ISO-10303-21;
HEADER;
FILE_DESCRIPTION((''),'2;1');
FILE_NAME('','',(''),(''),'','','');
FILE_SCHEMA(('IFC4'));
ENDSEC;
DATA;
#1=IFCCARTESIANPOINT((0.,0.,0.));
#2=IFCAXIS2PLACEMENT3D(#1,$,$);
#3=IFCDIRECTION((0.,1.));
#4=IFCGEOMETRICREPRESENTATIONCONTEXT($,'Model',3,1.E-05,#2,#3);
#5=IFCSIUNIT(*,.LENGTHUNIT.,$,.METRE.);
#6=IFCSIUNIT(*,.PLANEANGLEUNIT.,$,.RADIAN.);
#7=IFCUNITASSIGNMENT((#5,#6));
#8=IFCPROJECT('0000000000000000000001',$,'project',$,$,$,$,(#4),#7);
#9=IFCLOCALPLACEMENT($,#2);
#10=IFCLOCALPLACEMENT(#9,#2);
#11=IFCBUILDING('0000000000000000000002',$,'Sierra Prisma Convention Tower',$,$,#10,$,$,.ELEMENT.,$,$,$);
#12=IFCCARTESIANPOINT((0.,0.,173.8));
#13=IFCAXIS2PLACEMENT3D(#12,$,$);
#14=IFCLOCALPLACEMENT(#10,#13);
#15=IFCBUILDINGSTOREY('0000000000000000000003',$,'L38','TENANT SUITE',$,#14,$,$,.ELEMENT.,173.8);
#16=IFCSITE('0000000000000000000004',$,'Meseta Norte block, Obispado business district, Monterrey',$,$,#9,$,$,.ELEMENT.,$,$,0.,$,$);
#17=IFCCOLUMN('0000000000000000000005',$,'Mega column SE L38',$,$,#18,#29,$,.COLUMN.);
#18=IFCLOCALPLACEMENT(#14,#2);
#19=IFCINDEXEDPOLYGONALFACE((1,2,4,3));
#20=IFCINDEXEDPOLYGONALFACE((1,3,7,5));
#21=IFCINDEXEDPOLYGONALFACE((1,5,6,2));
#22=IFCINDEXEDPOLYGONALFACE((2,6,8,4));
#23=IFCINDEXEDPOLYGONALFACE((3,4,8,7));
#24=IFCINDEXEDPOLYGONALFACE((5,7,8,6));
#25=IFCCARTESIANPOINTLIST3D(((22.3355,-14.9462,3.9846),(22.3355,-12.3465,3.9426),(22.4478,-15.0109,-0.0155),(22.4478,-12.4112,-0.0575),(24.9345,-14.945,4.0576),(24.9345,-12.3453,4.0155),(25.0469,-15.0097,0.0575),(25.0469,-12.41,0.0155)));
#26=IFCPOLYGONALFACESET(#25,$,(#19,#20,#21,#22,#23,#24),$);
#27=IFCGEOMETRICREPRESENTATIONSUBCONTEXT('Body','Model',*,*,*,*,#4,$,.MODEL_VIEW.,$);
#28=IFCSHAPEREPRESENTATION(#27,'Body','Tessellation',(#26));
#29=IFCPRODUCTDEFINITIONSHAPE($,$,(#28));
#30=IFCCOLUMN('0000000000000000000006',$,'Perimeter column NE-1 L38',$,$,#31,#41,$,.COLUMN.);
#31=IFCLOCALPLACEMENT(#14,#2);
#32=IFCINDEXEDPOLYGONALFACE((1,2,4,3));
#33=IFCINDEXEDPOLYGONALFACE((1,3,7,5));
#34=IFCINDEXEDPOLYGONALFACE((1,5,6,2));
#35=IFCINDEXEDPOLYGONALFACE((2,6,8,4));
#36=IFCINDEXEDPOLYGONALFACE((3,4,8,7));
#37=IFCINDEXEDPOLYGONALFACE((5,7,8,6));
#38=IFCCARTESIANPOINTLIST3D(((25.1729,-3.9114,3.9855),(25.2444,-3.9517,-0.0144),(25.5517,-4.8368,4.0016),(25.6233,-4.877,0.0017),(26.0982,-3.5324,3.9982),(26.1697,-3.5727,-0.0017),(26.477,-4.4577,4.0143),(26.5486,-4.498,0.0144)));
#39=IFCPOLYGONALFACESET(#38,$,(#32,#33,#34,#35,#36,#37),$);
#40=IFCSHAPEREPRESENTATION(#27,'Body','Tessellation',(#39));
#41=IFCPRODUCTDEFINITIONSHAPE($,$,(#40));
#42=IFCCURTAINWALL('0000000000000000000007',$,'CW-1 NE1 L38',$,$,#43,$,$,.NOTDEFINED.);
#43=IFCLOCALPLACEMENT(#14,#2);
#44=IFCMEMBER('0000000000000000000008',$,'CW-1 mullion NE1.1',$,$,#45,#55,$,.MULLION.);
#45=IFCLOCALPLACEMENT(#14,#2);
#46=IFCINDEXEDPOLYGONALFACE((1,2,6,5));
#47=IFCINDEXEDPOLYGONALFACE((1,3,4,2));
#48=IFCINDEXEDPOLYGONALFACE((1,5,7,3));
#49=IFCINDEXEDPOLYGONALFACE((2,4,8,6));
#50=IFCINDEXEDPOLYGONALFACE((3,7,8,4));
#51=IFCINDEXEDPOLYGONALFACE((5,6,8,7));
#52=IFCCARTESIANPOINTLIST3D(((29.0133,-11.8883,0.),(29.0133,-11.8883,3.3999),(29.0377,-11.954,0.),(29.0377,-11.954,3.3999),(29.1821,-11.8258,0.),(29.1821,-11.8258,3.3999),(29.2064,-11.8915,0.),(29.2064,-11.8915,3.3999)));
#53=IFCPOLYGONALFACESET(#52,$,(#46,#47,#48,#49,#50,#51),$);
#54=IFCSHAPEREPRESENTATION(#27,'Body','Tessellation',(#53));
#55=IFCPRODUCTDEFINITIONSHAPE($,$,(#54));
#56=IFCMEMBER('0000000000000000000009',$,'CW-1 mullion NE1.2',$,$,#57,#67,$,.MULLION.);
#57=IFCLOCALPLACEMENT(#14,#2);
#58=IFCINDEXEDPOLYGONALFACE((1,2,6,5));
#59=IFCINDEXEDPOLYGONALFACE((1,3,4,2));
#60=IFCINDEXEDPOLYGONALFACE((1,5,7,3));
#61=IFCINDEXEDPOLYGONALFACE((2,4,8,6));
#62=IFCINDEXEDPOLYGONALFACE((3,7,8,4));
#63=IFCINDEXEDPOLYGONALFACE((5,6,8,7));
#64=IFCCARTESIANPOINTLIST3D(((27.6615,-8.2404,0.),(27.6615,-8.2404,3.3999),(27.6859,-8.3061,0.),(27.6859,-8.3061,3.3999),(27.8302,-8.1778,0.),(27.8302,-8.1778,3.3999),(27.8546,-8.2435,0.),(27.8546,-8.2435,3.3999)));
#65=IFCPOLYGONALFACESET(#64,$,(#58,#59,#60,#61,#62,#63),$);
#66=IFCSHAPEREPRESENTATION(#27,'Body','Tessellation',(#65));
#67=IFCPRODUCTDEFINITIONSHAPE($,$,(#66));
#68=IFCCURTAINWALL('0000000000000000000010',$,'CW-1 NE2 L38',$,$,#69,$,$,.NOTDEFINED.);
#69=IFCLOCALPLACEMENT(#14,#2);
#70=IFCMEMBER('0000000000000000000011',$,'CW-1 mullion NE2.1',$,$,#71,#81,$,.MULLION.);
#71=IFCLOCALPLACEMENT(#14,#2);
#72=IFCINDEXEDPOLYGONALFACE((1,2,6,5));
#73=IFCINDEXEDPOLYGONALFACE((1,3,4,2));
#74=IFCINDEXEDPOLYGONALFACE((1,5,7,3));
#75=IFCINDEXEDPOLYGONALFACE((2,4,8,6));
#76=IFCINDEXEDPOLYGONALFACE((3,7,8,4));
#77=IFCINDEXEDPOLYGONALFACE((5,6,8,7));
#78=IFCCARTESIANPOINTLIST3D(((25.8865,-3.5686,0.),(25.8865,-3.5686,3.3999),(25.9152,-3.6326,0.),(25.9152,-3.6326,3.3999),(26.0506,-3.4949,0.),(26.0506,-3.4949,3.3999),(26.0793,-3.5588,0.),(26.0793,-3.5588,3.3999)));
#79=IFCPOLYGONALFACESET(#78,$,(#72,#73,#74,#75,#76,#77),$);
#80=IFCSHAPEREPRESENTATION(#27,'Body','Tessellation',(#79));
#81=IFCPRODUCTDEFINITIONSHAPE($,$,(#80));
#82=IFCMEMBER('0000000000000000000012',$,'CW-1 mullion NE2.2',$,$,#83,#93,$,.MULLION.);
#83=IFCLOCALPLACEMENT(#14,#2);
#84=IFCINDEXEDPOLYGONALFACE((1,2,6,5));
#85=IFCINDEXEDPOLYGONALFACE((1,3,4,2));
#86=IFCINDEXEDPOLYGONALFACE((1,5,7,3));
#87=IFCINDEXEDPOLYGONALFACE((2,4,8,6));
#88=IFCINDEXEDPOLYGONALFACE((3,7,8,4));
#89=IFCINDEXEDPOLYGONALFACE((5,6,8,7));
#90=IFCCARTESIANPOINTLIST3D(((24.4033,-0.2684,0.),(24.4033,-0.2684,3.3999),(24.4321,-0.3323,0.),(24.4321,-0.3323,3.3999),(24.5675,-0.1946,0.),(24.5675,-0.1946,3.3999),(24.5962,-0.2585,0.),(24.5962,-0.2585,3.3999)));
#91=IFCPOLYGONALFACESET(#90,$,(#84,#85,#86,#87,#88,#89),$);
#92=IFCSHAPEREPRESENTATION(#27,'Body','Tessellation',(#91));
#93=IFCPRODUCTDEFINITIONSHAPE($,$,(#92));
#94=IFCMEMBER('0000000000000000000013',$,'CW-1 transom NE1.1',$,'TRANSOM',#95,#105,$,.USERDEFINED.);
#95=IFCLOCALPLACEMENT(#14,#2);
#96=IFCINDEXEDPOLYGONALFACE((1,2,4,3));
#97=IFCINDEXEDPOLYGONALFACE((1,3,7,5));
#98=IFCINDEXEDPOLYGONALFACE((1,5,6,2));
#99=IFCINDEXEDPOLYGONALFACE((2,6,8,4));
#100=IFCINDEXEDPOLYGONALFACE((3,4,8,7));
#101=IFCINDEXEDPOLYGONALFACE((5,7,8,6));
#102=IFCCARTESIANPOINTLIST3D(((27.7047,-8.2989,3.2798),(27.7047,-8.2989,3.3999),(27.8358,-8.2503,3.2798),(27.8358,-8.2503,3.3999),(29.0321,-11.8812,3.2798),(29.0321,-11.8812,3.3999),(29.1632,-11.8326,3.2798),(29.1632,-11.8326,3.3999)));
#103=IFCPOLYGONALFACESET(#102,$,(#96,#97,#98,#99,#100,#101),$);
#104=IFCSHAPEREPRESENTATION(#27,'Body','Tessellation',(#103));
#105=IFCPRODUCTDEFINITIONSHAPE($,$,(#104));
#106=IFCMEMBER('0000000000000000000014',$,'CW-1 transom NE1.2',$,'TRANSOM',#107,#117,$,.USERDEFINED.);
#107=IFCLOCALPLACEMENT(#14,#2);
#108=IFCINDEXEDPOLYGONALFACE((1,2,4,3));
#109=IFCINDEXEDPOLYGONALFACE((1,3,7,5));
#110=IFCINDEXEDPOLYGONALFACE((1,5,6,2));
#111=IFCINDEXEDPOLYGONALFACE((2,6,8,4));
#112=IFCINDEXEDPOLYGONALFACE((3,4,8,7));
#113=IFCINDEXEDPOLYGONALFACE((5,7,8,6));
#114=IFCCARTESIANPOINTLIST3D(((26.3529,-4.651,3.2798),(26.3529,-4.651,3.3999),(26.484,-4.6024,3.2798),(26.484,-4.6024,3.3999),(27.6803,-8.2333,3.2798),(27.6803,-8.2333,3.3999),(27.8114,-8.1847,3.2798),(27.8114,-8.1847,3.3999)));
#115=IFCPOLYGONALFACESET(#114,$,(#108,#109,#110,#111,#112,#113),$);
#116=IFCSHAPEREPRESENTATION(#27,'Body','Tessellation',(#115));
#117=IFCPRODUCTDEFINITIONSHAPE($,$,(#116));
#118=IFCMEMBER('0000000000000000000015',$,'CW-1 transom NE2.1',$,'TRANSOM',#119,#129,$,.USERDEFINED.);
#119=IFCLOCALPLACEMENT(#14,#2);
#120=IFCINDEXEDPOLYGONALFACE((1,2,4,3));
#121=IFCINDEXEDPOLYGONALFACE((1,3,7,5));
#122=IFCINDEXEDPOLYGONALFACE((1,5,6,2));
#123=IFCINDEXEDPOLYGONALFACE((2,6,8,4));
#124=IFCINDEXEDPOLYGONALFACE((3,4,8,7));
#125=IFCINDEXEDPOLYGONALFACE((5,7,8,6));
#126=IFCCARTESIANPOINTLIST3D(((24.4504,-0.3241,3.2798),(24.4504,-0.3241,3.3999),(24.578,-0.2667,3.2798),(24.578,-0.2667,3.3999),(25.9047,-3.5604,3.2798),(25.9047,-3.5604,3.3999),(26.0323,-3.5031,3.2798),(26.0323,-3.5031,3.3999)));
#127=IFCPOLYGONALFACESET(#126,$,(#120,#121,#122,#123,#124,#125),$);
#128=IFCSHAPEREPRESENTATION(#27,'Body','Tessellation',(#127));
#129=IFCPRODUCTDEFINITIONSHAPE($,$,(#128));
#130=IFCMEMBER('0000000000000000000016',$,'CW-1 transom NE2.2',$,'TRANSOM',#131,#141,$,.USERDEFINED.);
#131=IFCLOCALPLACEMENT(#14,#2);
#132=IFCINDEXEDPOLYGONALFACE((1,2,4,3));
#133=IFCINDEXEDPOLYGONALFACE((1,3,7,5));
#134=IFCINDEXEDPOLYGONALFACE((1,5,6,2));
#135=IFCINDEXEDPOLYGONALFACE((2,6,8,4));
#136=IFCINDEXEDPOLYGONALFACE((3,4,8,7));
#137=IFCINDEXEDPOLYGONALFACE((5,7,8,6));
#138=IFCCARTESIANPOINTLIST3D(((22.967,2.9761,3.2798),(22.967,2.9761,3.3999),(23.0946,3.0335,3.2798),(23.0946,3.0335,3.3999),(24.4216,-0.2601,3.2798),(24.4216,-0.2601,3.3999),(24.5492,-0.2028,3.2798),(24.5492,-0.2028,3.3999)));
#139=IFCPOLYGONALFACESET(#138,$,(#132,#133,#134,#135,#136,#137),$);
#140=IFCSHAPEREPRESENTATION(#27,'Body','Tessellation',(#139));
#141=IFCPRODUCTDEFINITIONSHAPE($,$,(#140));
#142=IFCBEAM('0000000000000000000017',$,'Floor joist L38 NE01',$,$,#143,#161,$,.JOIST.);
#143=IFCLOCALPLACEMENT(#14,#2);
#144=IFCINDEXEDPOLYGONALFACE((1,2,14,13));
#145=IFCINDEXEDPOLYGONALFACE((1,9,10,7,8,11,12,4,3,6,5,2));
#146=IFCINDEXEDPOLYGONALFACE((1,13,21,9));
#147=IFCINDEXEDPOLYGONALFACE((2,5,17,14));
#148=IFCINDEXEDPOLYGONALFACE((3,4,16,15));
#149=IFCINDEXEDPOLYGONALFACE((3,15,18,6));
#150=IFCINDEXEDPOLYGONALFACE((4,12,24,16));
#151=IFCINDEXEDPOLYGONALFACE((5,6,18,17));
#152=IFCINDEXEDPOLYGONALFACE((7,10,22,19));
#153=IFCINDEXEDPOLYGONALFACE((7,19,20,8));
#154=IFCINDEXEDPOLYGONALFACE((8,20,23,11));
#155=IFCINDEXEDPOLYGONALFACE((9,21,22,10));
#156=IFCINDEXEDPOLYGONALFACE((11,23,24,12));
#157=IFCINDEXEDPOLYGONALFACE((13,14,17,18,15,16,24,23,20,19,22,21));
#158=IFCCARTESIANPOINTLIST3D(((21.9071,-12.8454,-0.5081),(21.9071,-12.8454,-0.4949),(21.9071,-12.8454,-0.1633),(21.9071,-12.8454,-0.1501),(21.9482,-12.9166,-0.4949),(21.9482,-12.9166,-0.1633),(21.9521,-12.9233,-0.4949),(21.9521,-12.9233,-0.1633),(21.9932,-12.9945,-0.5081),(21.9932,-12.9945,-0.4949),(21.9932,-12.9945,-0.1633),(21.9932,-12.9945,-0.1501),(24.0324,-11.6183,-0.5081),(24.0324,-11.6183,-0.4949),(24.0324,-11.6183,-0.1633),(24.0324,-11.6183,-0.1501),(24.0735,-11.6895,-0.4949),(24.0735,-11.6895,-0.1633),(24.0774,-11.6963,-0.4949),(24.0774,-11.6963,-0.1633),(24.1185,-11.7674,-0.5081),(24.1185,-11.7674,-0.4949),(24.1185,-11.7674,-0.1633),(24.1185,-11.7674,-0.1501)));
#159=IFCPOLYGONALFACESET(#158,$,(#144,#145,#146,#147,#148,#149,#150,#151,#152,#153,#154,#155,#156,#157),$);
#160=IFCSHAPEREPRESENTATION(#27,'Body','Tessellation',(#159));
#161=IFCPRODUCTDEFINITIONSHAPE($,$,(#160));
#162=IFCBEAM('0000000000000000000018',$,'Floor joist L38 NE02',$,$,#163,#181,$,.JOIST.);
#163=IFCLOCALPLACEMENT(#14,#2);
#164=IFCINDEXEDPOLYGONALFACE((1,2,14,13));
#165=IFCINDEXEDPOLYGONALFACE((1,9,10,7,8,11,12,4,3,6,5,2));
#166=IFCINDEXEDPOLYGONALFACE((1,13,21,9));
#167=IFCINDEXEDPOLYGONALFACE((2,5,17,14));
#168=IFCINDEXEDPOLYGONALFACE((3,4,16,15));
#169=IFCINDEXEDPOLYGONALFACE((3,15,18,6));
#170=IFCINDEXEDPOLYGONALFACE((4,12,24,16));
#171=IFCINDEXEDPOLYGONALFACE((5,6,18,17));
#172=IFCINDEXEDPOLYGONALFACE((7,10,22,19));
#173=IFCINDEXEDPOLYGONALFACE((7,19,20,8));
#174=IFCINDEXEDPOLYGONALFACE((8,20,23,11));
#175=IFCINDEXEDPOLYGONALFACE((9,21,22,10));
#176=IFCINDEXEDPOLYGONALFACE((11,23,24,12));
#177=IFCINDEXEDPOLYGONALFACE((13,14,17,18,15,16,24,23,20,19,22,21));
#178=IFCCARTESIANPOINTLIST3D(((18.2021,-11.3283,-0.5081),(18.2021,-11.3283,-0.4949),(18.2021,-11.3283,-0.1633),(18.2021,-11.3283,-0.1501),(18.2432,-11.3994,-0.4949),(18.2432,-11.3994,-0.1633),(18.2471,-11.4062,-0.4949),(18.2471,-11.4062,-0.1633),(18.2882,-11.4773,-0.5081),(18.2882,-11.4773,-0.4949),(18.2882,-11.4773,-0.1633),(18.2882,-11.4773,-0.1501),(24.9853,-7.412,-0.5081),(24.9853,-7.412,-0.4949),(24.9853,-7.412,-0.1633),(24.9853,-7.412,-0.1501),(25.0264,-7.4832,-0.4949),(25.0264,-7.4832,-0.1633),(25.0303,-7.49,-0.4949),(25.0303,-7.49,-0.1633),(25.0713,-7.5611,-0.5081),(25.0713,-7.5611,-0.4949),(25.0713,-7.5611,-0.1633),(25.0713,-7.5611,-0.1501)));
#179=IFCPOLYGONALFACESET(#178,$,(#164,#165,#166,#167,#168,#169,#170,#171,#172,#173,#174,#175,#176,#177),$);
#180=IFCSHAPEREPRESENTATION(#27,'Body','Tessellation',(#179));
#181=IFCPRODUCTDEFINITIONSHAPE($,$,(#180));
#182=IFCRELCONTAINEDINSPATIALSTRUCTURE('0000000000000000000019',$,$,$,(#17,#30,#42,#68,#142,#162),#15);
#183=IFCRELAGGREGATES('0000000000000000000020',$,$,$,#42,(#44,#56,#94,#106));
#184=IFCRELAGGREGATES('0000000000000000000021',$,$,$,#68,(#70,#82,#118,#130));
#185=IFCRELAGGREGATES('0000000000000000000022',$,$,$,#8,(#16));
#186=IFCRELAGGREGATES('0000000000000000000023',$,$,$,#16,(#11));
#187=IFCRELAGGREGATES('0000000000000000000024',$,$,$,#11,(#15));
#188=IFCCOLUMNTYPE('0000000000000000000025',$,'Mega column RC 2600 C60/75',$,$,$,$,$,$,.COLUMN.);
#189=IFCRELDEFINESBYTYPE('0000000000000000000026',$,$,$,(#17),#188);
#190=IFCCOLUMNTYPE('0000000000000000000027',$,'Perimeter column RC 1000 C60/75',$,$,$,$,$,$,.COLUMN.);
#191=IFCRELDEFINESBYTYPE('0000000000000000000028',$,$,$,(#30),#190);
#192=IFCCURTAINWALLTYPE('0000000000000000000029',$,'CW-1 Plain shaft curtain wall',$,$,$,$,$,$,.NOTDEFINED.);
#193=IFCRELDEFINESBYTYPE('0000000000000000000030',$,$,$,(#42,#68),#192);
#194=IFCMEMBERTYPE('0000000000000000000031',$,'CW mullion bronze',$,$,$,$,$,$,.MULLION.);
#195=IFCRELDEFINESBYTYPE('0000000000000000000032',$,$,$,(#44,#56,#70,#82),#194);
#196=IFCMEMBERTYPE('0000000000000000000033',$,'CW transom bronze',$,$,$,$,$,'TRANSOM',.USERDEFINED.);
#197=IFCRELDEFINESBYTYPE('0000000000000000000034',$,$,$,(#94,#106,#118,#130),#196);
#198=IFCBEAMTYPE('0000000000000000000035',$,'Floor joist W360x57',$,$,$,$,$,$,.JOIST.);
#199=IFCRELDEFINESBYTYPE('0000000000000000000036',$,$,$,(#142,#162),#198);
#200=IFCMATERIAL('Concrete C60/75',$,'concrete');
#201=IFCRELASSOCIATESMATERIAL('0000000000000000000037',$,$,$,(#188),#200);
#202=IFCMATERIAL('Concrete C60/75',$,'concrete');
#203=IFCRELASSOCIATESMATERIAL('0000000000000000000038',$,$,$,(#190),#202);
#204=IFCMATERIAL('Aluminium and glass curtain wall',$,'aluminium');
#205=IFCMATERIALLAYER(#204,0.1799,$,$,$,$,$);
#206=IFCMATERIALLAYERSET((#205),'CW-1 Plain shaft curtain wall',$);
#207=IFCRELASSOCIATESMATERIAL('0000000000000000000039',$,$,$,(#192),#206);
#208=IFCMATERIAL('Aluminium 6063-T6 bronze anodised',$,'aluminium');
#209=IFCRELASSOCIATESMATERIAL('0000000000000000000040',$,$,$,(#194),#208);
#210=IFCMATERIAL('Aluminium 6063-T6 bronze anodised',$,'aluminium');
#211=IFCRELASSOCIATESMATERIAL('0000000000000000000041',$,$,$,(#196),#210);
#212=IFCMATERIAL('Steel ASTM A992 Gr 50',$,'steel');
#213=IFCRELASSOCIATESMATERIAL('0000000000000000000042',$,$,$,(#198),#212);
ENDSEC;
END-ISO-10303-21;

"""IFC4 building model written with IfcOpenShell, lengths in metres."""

from ifc_helpers import new_model, si_unit, direction, frame, origin, origin_2d, place, context, subcontext, project, spatial, rectangle, i_section, extrude, material, layer, layer_set, material_profile, profile_set, type_object, element, aggregate, save


model = new_model("IFC4")

# Units and contexts
model_context = context("Model", 3, precision=1e-05, world=origin(), true_north=direction((0.0, 1.0)))
body_context = subcontext(model_context, "Body", "Model", "MODEL_VIEW")
ifc_project = project(units=[si_unit("LENGTHUNIT", "METRE"), si_unit("PLANEANGLEUNIT", "RADIAN")], contexts=[model_context])

# Site, building, storey
site_placement = place(None, origin())
site = spatial("IfcSite", under=ifc_project, at=site_placement, Name="Meseta Norte block, Obispado business district, Monterrey", CompositionType="ELEMENT", RefElevation=0.0)
building_placement = place(site_placement, origin())
building = spatial("IfcBuilding", under=site, at=building_placement, Name="Sierra Prisma Convention Tower", CompositionType="ELEMENT")
storey_placement = place(building_placement, frame((0.0, 0.0, 173.8)))
storey = spatial("IfcBuildingStorey", under=building, at=storey_placement, Name="L38", Description="TENANT SUITE", CompositionType="ELEMENT", Elevation=173.8)

# Columns
ifc_material_1 = material(Name="Concrete C60/75", Category="concrete")
ifc_material_profile_1 = material_profile(ifc_material_1, rectangle(XDim=2.6001, YDim=2.6001, at=origin_2d()), Name="Mega column RC 2600 C60/75")
ifc_profile_set_1 = profile_set([ifc_material_profile_1], Name="Concrete C60/75")
column_type_1 = type_object("IfcColumnType", Name="Mega column RC 2600 C60/75", PredefinedType="COLUMN", material=ifc_profile_set_1)
column_1_placement = place(storey_placement, frame((23.7473, -13.7104, 0.0), z_axis=(-0.028061, 0.016166, 0.999475), x_axis=(0.999606, 0.000454, 0.028058)))
element("IfcColumn", 1, at=column_1_placement, inside=storey, type_object=column_type_1, Name="Mega column SE L38", PredefinedType="COLUMN", context=body_context, shape_type="SweptSolid", body=[
    extrude(rectangle(XDim=2.6001, YDim=2.6001, at=origin_2d()), origin(), (0.0, 0.0, 1.0), 4.0022),
])
ifc_material_2 = material(Name="Concrete C60/75", Category="concrete")
ifc_material_profile_2 = material_profile(ifc_material_2, rectangle(XDim=1.0, YDim=1.0, at=origin_2d()), Name="Perimeter column RC 1000 C60/75")
ifc_profile_set_2 = profile_set([ifc_material_profile_2], Name="Concrete C60/75")
column_type_2 = type_object("IfcColumnType", Name="Perimeter column RC 1000 C60/75", PredefinedType="COLUMN", material=ifc_profile_set_2)
column_2_placement = place(storey_placement, frame((25.8965, -4.2249, 0.0), z_axis=(-0.01788, 0.010069, 0.999789), x_axis=(-0.378845, 0.92532, -0.016094)))
element("IfcColumn", 2, at=column_2_placement, inside=storey, type_object=column_type_2, Name="Perimeter column NE-1 L38", PredefinedType="COLUMN", context=body_context, shape_type="SweptSolid", body=[
    extrude(rectangle(XDim=1.0, YDim=1.0, at=origin_2d()), origin(), (0.0, 0.0, 1.0), 4.0007),
])

# Curtain walls, members
ifc_material_3 = material(Name="Aluminium and glass curtain wall", Category="aluminium")
ifc_layer_1 = layer(ifc_material_3, 0.1799)
ifc_layer_set_1 = layer_set([ifc_layer_1], Name="CW-1 Plain shaft curtain wall")
curtain_wall_type = type_object("IfcCurtainWallType", Name="CW-1 Plain shaft curtain wall", PredefinedType="NOTDEFINED", material=ifc_layer_set_1)
curtain_wall_1_placement = place(storey_placement, origin())
curtain_wall_1 = element("IfcCurtainWall", 3, at=curtain_wall_1_placement, inside=storey, type_object=curtain_wall_type, Name="CW-1 NE1 L38", PredefinedType="NOTDEFINED")
ifc_material_4 = material(Name="Aluminium 6063-T6 bronze anodised", Category="aluminium")
ifc_material_profile_3 = material_profile(ifc_material_4, rectangle(XDim=0.1799, YDim=0.0701, at=origin_2d()), Name="ALU MULLION 70x180")
ifc_profile_set_3 = profile_set([ifc_material_profile_3], Name="Aluminium 6063-T6 bronze anodised")
member_type_1 = type_object("IfcMemberType", Name="CW mullion bronze", PredefinedType="MULLION", material=ifc_profile_set_3)
member_1_placement = place(storey_placement, frame((29.1099, -11.8899, 0.0), z_axis=(0.0, 0.0, 1.0), x_axis=(-0.937693, -0.347465, 0.0)))
member_1 = element("IfcMember", 4, at=member_1_placement, type_object=member_type_1, Name="CW-1 mullion NE1.1", PredefinedType="MULLION", context=body_context, shape_type="SweptSolid", body=[
    extrude(rectangle(XDim=0.1799, YDim=0.0701, at=origin_2d()), origin(), (0.0, 0.0, 1.0), 3.3999),
])
member_2_placement = place(storey_placement, frame((27.7581, -8.2419, 0.0), z_axis=(0.0, 0.0, 1.0), x_axis=(-0.937693, -0.347465, 0.0)))
member_2 = element("IfcMember", 5, at=member_2_placement, type_object=member_type_1, Name="CW-1 mullion NE1.2", PredefinedType="MULLION", context=body_context, shape_type="SweptSolid", body=[
    extrude(rectangle(XDim=0.1799, YDim=0.0701, at=origin_2d()), origin(), (0.0, 0.0, 1.0), 3.3999),
])
curtain_wall_2_placement = place(storey_placement, origin())
curtain_wall_2 = element("IfcCurtainWall", 6, at=curtain_wall_2_placement, inside=storey, type_object=curtain_wall_type, Name="CW-1 NE2 L38", PredefinedType="NOTDEFINED")
member_3_placement = place(storey_placement, frame((25.9829, -3.5637, 0.0), z_axis=(0.0, 0.0, 1.0), x_axis=(-0.912124, -0.409914, 0.0)))
member_3 = element("IfcMember", 7, at=member_3_placement, type_object=member_type_1, Name="CW-1 mullion NE2.1", PredefinedType="MULLION", context=body_context, shape_type="SweptSolid", body=[
    extrude(rectangle(XDim=0.1799, YDim=0.0701, at=origin_2d()), origin(), (0.0, 0.0, 1.0), 3.3999),
])
member_4_placement = place(storey_placement, frame((24.4998, -0.2634, 0.0), z_axis=(0.0, 0.0, 1.0), x_axis=(-0.912124, -0.409914, 0.0)))
member_4 = element("IfcMember", 8, at=member_4_placement, type_object=member_type_1, Name="CW-1 mullion NE2.2", PredefinedType="MULLION", context=body_context, shape_type="SweptSolid", body=[
    extrude(rectangle(XDim=0.1799, YDim=0.0701, at=origin_2d()), origin(), (0.0, 0.0, 1.0), 3.3999),
])

# Members
ifc_material_5 = material(Name="Aluminium 6063-T6 bronze anodised", Category="aluminium")
ifc_material_profile_4 = material_profile(ifc_material_5, rectangle(XDim=0.1399, YDim=0.1201, at=origin_2d()), Name="ALU TRANSOM 120x140")
ifc_profile_set_4 = profile_set([ifc_material_profile_4], Name="Aluminium 6063-T6 bronze anodised")
member_type_2 = type_object("IfcMemberType", Name="CW transom bronze", ElementType="TRANSOM", PredefinedType="USERDEFINED", material=ifc_profile_set_4)
member_5_placement = place(storey_placement, frame((29.0977, -11.8569, 3.3398), z_axis=(-0.347458, 0.937696, 0.0), x_axis=(-0.937696, -0.347458, 0.0)))
member_5 = element("IfcMember", 9, at=member_5_placement, type_object=member_type_2, Name="CW-1 transom NE1.1", ObjectType="TRANSOM", PredefinedType="USERDEFINED", context=body_context, shape_type="SweptSolid", body=[
    extrude(rectangle(XDim=0.1399, YDim=0.1201, at=origin_2d()), origin(), (0.0, 0.0, 1.0), 3.8203),
])
member_6_placement = place(storey_placement, frame((27.7458, -8.209, 3.3398), z_axis=(-0.347458, 0.937696, 0.0), x_axis=(-0.937696, -0.347458, 0.0)))
member_6 = element("IfcMember", 10, at=member_6_placement, type_object=member_type_2, Name="CW-1 transom NE1.2", ObjectType="TRANSOM", PredefinedType="USERDEFINED", context=body_context, shape_type="SweptSolid", body=[
    extrude(rectangle(XDim=0.1399, YDim=0.1201, at=origin_2d()), origin(), (0.0, 0.0, 1.0), 3.8203),
])
member_7_placement = place(storey_placement, frame((25.9685, -3.5317, 3.3398), z_axis=(-0.409895, 0.912133, 0.0), x_axis=(-0.912133, -0.409895, 0.0)))
member_7 = element("IfcMember", 11, at=member_7_placement, type_object=member_type_2, Name="CW-1 transom NE2.1", ObjectType="TRANSOM", PredefinedType="USERDEFINED", context=body_context, shape_type="SweptSolid", body=[
    extrude(rectangle(XDim=0.1399, YDim=0.1201, at=origin_2d()), origin(), (0.0, 0.0, 1.0), 3.5481),
])
member_8_placement = place(storey_placement, frame((24.4854, -0.2314, 3.3398), z_axis=(-0.409953, 0.912107, 0.0), x_axis=(-0.912107, -0.409953, 0.0)))
member_8 = element("IfcMember", 12, at=member_8_placement, type_object=member_type_2, Name="CW-1 transom NE2.2", ObjectType="TRANSOM", PredefinedType="USERDEFINED", context=body_context, shape_type="SweptSolid", body=[
    extrude(rectangle(XDim=0.1399, YDim=0.1201, at=origin_2d()), origin(), (0.0, 0.0, 1.0), 3.5481),
])

# Beams
ifc_material_6 = material(Name="Steel ASTM A992 Gr 50", Category="steel")
ifc_material_profile_5 = material_profile(ifc_material_6, i_section(OverallWidth=0.1721, OverallDepth=0.3579, WebThickness=0.0078, FlangeThickness=0.0132, at=origin_2d()), Name="W360x57")
ifc_profile_set_5 = profile_set([ifc_material_profile_5], Name="Steel ASTM A992 Gr 50")
beam_type_1 = type_object("IfcBeamType", Name="Floor joist W360x57", PredefinedType="JOIST", material=ifc_profile_set_5)
beam_1_placement = place(storey_placement, frame((24.0754, -11.6929, -0.3291), z_axis=(-0.866018, -0.500012, 0.0), x_axis=(0.500012, -0.866018, 0.0)))
element("IfcBeam", 13, at=beam_1_placement, inside=storey, type_object=beam_type_1, Name="Floor joist L38 NE01", PredefinedType="JOIST", context=body_context, shape_type="SweptSolid", body=[
    extrude(i_section(OverallWidth=0.1721, OverallDepth=0.3579, WebThickness=0.0078, FlangeThickness=0.0132, at=origin_2d()), origin(), (0.0, 0.0, 1.0), 2.4541),
])
beam_2_placement = place(storey_placement, frame((25.0283, -7.4866, -0.3291), z_axis=(-0.866027, -0.499998, 0.0), x_axis=(0.499998, -0.866027, 0.0)))
element("IfcBeam", 14, at=beam_2_placement, inside=storey, type_object=beam_type_1, Name="Floor joist L38 NE02", PredefinedType="JOIST", context=body_context, shape_type="SweptSolid", body=[
    extrude(i_section(OverallWidth=0.1721, OverallDepth=0.3579, WebThickness=0.0078, FlangeThickness=0.0132, at=origin_2d()), origin(), (0.0, 0.0, 1.0), 7.8325),
])

aggregate(curtain_wall_1, [member_1, member_2, member_5, member_6])
aggregate(curtain_wall_2, [member_3, member_4, member_7, member_8])

save(model, "model.ifc")
